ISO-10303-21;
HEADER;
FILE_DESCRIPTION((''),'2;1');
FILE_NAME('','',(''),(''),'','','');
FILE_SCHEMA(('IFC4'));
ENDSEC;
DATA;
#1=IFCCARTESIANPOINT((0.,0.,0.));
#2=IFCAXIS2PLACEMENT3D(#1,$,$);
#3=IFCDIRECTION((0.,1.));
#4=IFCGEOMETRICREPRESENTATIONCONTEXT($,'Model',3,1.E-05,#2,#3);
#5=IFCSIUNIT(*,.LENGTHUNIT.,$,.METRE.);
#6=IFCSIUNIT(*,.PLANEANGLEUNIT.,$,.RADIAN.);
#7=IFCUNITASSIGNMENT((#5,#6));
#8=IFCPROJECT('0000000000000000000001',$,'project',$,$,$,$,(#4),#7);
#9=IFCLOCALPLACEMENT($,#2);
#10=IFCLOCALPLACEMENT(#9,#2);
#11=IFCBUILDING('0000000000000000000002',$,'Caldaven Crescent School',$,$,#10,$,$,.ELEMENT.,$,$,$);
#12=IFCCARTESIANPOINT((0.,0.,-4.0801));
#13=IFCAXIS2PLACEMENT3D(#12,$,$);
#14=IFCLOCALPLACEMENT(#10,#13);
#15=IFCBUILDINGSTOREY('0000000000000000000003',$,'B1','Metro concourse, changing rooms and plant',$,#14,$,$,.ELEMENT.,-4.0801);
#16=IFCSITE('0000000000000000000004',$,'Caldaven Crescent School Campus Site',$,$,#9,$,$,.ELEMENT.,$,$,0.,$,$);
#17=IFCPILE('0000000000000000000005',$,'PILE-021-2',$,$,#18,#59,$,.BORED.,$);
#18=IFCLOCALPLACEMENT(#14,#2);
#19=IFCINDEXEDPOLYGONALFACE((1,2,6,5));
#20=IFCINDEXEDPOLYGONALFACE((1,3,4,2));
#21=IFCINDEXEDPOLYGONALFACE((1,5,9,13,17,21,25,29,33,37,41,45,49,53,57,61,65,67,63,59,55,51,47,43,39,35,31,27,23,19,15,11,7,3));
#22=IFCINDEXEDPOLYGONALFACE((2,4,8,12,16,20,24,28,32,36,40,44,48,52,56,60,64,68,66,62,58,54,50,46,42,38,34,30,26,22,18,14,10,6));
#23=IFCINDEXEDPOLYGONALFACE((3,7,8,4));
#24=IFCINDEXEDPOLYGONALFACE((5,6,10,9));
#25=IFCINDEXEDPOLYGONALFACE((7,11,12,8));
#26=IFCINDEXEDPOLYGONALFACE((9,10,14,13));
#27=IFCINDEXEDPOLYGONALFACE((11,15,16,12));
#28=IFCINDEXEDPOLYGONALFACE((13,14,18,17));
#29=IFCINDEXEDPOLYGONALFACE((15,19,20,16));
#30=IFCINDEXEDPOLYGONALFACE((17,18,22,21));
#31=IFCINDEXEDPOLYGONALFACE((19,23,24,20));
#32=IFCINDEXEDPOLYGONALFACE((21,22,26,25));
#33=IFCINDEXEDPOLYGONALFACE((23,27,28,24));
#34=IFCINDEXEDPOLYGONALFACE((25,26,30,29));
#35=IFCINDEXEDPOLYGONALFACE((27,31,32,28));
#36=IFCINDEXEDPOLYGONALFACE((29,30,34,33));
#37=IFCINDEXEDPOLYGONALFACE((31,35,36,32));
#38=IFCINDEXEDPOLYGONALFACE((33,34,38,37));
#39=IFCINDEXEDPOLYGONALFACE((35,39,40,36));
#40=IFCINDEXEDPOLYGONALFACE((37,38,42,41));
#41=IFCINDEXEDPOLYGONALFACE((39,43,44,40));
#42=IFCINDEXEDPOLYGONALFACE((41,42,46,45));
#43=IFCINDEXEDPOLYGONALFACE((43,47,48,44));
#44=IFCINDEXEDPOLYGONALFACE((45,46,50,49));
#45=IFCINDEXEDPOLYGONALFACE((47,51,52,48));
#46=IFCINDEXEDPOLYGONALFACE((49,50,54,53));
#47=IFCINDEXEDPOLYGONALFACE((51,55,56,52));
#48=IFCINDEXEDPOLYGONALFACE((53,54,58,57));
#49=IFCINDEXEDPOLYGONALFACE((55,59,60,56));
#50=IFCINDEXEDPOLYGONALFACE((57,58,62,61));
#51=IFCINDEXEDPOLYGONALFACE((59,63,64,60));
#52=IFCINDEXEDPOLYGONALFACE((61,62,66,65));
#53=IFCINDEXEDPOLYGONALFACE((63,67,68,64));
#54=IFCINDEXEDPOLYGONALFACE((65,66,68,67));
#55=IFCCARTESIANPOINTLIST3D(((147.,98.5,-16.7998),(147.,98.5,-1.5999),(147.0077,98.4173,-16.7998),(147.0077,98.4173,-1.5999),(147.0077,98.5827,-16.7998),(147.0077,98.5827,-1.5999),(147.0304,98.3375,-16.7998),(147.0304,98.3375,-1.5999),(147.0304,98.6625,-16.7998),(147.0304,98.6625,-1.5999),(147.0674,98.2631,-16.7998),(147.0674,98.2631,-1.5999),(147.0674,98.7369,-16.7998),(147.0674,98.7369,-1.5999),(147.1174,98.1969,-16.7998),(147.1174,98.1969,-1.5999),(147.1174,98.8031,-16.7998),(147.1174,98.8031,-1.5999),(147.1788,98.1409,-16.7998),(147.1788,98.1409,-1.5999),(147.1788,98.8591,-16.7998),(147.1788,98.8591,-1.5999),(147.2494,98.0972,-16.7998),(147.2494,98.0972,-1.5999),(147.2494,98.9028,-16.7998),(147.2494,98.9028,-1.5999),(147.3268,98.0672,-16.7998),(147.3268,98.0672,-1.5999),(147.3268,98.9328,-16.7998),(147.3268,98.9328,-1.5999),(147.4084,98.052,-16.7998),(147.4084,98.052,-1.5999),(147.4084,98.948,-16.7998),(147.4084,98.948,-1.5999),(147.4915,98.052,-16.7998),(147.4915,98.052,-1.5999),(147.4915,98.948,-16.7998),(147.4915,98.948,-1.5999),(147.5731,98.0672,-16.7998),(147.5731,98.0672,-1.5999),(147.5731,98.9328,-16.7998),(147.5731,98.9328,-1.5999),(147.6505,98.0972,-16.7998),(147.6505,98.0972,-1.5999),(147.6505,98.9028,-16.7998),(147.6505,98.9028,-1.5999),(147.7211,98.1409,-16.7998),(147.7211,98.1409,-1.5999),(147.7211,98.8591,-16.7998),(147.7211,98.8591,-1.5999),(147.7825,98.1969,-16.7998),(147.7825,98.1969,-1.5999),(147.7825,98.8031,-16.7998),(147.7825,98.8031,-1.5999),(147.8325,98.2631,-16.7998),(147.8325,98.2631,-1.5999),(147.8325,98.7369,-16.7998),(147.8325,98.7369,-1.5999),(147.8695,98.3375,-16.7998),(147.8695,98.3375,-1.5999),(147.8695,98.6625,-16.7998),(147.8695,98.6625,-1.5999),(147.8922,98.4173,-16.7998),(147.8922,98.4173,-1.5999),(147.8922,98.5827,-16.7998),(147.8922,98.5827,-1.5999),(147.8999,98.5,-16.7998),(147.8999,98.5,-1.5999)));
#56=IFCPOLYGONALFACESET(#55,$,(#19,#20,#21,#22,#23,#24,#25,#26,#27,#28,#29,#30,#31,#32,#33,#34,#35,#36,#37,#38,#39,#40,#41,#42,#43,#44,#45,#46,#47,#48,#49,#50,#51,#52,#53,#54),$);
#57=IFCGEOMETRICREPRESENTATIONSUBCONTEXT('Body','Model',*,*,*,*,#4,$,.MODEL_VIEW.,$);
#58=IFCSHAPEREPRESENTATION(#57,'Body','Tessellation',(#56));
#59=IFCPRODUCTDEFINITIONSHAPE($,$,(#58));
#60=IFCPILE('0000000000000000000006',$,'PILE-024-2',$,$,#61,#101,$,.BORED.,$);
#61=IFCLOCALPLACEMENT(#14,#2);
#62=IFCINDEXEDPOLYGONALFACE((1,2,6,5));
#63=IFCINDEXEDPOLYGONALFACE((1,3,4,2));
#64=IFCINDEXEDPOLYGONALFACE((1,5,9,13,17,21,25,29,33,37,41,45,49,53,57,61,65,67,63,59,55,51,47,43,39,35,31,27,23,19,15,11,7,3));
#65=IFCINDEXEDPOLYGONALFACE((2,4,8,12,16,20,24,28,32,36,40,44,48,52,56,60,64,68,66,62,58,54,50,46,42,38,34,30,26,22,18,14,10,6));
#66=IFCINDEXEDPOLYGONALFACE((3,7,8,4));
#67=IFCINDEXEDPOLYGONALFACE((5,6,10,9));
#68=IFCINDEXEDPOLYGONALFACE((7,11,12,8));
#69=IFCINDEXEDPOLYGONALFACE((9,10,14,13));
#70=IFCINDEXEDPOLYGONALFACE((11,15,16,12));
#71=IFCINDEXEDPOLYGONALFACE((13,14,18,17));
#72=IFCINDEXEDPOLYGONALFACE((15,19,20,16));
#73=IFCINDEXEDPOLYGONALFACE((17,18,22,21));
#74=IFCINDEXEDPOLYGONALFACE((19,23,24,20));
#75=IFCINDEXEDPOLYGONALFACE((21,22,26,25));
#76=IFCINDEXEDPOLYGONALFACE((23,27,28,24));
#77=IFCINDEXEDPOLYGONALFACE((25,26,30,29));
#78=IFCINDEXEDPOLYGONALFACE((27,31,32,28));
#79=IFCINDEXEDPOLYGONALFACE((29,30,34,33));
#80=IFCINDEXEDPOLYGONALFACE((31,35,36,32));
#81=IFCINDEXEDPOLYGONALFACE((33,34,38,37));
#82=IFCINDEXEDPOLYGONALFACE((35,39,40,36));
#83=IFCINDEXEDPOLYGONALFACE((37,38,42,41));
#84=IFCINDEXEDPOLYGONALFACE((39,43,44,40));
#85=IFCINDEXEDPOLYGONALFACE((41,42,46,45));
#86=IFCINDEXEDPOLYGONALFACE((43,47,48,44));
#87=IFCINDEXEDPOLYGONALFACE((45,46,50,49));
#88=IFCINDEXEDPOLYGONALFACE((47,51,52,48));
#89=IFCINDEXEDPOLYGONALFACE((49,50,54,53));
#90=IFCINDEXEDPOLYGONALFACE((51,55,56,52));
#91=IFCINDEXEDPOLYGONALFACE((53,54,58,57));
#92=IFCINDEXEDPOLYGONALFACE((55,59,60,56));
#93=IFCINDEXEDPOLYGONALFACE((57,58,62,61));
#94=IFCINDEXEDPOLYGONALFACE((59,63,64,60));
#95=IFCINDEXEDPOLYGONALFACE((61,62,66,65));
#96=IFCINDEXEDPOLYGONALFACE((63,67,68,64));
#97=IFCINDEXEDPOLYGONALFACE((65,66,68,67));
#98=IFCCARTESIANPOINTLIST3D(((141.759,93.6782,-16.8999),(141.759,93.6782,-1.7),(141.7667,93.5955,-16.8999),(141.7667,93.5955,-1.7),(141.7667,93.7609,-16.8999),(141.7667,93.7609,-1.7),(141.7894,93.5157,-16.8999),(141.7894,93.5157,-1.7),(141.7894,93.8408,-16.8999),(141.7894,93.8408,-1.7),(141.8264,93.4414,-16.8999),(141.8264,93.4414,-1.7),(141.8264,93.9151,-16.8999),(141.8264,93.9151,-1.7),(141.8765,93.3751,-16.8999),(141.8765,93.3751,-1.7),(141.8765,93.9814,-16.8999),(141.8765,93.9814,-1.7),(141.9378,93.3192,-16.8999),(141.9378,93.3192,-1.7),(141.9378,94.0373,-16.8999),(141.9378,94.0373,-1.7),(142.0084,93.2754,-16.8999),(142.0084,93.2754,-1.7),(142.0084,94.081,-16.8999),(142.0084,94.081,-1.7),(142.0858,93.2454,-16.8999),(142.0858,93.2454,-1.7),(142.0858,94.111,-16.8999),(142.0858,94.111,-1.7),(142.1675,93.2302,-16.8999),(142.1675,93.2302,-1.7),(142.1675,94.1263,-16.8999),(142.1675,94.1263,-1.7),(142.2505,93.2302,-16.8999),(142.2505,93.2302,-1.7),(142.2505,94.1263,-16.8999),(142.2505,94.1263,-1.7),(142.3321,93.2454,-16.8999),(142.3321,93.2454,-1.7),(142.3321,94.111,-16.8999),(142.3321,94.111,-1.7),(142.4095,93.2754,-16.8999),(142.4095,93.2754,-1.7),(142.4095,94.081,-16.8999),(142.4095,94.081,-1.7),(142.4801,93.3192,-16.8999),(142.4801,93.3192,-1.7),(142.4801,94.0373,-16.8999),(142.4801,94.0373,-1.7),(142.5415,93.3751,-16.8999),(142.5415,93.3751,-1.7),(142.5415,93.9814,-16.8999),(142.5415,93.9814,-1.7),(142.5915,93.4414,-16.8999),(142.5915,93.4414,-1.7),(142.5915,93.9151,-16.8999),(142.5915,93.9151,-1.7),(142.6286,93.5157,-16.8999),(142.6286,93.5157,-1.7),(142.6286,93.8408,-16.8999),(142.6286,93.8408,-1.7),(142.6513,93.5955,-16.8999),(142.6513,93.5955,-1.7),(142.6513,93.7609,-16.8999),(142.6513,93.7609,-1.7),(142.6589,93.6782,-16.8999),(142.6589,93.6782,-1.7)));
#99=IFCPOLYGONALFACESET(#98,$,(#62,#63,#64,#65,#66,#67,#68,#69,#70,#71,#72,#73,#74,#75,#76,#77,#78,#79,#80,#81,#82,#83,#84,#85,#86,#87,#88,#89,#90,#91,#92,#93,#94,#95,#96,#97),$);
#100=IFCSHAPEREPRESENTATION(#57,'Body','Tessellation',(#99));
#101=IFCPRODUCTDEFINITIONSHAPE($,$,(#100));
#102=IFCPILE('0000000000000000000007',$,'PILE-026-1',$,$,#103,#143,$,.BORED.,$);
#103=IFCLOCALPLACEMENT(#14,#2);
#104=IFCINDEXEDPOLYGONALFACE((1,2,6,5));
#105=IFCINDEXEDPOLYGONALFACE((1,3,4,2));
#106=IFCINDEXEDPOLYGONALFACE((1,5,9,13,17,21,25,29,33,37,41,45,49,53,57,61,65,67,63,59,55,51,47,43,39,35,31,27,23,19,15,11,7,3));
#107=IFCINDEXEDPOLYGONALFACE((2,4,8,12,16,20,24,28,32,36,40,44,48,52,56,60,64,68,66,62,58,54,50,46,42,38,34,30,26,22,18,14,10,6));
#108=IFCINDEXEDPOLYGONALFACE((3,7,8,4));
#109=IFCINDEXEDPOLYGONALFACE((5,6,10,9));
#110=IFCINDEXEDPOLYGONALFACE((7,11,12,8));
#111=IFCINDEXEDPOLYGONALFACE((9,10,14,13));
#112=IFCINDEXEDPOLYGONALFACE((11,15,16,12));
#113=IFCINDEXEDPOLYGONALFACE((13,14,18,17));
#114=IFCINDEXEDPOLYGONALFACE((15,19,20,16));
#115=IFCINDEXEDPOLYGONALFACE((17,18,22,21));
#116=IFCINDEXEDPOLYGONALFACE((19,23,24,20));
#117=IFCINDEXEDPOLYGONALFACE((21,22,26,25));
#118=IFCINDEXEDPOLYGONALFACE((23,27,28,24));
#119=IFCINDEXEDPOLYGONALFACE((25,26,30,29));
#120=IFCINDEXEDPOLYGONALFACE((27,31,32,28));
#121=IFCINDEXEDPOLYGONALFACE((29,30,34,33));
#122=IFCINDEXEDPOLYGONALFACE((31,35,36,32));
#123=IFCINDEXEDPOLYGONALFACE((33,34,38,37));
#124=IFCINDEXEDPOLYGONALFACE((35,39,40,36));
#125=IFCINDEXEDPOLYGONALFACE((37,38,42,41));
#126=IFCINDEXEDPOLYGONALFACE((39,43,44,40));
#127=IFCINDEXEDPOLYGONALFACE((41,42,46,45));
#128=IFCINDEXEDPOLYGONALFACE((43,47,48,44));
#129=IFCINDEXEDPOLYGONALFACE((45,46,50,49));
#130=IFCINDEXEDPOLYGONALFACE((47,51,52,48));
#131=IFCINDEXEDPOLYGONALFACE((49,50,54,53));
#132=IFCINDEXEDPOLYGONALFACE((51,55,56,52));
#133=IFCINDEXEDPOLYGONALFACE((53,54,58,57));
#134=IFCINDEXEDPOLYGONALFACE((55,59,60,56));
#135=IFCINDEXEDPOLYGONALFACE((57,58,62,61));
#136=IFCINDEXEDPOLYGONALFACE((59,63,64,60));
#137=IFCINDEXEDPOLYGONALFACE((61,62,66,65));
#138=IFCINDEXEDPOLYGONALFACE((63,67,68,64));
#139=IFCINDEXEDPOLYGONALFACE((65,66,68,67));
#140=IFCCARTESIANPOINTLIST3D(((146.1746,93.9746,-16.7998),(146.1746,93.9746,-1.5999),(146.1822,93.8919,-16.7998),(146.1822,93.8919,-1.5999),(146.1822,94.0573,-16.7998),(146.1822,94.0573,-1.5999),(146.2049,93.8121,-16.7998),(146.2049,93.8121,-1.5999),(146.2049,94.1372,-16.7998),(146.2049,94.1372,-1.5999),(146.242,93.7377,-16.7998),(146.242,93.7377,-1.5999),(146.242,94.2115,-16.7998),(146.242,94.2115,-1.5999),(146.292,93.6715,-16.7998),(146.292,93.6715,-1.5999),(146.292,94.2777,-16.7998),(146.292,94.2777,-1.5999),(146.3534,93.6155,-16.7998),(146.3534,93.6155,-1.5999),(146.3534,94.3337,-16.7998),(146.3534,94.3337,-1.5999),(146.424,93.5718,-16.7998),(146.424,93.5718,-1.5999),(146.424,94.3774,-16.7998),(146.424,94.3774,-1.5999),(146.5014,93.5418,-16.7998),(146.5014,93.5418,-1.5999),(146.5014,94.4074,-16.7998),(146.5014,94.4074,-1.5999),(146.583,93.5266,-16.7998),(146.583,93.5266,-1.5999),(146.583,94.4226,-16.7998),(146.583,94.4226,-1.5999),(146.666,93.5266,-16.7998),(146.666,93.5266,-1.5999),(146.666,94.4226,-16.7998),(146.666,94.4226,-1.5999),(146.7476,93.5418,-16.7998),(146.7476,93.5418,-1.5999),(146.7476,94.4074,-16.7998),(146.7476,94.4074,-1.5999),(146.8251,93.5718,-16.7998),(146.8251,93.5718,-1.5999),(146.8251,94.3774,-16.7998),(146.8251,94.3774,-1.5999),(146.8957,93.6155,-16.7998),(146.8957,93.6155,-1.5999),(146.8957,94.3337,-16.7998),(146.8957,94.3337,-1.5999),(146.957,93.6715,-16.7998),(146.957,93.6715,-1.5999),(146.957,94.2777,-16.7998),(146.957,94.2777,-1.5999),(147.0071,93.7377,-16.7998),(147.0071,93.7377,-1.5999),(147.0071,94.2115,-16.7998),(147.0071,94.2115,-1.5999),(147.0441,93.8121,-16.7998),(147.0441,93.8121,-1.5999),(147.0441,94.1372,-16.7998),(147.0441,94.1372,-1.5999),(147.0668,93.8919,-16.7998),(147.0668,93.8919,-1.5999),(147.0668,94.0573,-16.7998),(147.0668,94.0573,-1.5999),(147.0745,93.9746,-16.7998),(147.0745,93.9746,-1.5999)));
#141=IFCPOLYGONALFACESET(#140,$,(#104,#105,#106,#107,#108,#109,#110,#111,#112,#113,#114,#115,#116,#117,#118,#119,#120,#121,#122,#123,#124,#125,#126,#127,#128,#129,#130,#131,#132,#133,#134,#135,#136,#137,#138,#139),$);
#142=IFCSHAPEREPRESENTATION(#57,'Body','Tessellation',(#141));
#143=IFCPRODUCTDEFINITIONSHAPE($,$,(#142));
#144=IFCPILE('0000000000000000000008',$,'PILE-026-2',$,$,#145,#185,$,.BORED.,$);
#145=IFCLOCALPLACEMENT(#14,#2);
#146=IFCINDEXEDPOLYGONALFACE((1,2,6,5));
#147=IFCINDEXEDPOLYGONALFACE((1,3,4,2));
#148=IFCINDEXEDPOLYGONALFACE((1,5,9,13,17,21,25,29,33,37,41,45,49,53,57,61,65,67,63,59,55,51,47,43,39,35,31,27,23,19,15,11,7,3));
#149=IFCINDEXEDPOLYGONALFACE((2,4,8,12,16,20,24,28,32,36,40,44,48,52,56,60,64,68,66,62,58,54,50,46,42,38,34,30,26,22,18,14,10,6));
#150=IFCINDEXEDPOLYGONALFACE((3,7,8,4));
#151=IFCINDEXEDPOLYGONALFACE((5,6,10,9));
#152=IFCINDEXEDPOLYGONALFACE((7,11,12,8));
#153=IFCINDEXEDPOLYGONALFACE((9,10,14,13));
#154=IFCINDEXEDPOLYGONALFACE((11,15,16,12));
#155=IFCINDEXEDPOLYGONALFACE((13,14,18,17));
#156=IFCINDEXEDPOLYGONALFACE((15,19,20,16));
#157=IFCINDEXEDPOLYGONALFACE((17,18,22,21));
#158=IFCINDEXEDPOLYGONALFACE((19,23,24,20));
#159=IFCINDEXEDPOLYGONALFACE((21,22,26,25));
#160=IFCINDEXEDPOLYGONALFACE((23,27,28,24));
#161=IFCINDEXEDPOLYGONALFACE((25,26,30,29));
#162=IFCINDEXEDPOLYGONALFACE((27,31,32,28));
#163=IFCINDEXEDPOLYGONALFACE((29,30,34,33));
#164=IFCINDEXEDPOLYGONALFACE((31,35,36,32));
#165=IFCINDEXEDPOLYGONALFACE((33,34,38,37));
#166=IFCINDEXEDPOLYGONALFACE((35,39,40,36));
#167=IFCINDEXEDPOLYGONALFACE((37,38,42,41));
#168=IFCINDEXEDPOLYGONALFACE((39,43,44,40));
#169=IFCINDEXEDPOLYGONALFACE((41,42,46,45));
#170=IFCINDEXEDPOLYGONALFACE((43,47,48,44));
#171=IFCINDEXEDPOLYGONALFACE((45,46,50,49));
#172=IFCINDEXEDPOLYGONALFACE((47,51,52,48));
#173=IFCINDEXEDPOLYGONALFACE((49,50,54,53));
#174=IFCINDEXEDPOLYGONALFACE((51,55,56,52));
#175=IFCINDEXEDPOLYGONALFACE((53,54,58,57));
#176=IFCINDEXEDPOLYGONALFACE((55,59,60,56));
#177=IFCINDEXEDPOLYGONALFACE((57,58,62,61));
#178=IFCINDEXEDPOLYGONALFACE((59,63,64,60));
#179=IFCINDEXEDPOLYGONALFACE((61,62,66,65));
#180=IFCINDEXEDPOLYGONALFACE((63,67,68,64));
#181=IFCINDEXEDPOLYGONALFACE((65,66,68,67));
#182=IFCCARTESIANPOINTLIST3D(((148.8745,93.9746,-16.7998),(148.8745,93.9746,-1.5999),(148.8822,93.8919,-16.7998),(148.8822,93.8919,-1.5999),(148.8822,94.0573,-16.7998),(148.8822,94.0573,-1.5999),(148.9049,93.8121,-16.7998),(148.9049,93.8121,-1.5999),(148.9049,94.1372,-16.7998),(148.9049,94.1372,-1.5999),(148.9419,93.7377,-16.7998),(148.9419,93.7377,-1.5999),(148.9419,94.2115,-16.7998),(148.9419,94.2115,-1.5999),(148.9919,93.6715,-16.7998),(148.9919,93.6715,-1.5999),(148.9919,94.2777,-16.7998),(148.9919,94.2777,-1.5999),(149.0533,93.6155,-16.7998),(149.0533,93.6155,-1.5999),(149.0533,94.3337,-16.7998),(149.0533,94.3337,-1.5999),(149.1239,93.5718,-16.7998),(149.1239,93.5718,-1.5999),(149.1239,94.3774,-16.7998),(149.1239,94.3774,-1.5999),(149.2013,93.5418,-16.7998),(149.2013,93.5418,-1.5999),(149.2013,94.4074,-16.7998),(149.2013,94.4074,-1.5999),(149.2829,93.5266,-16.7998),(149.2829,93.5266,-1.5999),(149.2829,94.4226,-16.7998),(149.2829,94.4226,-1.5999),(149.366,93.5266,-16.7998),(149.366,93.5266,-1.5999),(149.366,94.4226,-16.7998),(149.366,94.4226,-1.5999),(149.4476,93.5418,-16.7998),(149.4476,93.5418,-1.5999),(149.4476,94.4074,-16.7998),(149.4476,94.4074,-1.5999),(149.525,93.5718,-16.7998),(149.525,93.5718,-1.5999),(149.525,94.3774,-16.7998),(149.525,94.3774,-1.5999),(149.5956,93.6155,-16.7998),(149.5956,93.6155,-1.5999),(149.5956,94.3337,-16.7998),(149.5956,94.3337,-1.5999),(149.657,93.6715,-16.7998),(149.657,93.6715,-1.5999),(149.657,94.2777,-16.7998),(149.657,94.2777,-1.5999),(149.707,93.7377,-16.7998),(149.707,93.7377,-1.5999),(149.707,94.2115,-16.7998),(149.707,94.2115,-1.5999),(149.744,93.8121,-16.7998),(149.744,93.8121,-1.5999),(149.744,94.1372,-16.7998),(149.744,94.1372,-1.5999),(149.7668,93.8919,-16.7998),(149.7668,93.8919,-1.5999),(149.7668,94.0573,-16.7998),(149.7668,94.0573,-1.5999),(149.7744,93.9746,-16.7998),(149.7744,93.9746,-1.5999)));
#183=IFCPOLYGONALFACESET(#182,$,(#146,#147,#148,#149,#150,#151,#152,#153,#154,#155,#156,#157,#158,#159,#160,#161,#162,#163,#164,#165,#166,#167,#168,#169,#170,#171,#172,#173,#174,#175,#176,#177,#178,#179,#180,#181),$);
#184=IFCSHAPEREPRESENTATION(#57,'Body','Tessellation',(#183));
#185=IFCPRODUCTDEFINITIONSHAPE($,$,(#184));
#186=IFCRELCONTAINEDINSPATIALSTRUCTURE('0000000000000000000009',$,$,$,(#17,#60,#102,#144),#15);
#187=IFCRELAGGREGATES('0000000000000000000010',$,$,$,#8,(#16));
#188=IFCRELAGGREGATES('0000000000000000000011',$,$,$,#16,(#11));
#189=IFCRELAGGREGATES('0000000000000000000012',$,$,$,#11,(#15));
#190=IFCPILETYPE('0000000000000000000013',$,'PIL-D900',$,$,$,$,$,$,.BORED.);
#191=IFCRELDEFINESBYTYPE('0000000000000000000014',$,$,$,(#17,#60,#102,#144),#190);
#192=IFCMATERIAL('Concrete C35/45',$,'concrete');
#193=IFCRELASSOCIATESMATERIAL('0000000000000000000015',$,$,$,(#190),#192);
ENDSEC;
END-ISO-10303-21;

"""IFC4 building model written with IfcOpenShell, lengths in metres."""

from ifc_helpers import new_model, si_unit, direction, frame, origin, origin_2d, place, context, subcontext, project, spatial, circle, extrude, material, material_profile, profile_set, type_object, element, save


model = new_model("IFC4")

# Units and contexts
model_context = context("Model", 3, precision=1e-05, world=origin(), true_north=direction((0.0, 1.0)))
body_context = subcontext(model_context, "Body", "Model", "MODEL_VIEW")
ifc_project = project(units=[si_unit("LENGTHUNIT", "METRE"), si_unit("PLANEANGLEUNIT", "RADIAN")], contexts=[model_context])

# Site, building, storey
site_placement = place(None, origin())
site = spatial("IfcSite", under=ifc_project, at=site_placement, Name="Caldaven Crescent School Campus Site", CompositionType="ELEMENT", RefElevation=0.0)
building_placement = place(site_placement, origin())
building = spatial("IfcBuilding", under=site, at=building_placement, Name="Caldaven Crescent School", CompositionType="ELEMENT")
storey_placement = place(building_placement, frame((0.0, 0.0, -4.0801)))
storey = spatial("IfcBuildingStorey", under=building, at=storey_placement, Name="B1", Description="Metro concourse, changing rooms and plant", CompositionType="ELEMENT", Elevation=-4.0801)

# Shared definitions
ifc_material_1 = material(Name="Concrete C35/45", Category="concrete")

# Piles
ifc_material_profile_1 = material_profile(ifc_material_1, circle(Radius=0.45, at=origin_2d()), Name="PILE D900")
ifc_profile_set_1 = profile_set([ifc_material_profile_1], Name="Concrete C35/45")
pile_type = type_object("IfcPileType", Name="PIL-D900", PredefinedType="BORED", material=ifc_profile_set_1)
for number, where, z_axis, x_axis, name in (
    (1, (147.45, 98.5, -1.5999), (0.0, 0.0, -1.0), (1.0, 0.0, 0.0), "PILE-021-2"),
    (2, (142.209, 93.6782, -1.7), (0.0, 0.0, -1.0), (1.0, 0.0, 0.0), "PILE-024-2"),
    (3, (146.6245, 93.9746, -1.5999), (0.0, 0.0, -1.0), (1.0, 0.0, 0.0), "PILE-026-1"),
    (4, (149.3245, 93.9746, -1.5999), (0.0, 0.0, -1.0), (1.0, 0.0, 0.0), "PILE-026-2"),
):
    element("IfcPile", number, at=place(storey_placement, frame(where, z_axis=z_axis, x_axis=x_axis)), inside=storey, type_object=pile_type, Name=name, PredefinedType="BORED", context=body_context, shape_type="SweptSolid", body=[
        extrude(circle(Radius=0.45, at=origin_2d()), origin(), (0.0, 0.0, 1.0), 15.2),
    ])

save(model, "model.ifc")
